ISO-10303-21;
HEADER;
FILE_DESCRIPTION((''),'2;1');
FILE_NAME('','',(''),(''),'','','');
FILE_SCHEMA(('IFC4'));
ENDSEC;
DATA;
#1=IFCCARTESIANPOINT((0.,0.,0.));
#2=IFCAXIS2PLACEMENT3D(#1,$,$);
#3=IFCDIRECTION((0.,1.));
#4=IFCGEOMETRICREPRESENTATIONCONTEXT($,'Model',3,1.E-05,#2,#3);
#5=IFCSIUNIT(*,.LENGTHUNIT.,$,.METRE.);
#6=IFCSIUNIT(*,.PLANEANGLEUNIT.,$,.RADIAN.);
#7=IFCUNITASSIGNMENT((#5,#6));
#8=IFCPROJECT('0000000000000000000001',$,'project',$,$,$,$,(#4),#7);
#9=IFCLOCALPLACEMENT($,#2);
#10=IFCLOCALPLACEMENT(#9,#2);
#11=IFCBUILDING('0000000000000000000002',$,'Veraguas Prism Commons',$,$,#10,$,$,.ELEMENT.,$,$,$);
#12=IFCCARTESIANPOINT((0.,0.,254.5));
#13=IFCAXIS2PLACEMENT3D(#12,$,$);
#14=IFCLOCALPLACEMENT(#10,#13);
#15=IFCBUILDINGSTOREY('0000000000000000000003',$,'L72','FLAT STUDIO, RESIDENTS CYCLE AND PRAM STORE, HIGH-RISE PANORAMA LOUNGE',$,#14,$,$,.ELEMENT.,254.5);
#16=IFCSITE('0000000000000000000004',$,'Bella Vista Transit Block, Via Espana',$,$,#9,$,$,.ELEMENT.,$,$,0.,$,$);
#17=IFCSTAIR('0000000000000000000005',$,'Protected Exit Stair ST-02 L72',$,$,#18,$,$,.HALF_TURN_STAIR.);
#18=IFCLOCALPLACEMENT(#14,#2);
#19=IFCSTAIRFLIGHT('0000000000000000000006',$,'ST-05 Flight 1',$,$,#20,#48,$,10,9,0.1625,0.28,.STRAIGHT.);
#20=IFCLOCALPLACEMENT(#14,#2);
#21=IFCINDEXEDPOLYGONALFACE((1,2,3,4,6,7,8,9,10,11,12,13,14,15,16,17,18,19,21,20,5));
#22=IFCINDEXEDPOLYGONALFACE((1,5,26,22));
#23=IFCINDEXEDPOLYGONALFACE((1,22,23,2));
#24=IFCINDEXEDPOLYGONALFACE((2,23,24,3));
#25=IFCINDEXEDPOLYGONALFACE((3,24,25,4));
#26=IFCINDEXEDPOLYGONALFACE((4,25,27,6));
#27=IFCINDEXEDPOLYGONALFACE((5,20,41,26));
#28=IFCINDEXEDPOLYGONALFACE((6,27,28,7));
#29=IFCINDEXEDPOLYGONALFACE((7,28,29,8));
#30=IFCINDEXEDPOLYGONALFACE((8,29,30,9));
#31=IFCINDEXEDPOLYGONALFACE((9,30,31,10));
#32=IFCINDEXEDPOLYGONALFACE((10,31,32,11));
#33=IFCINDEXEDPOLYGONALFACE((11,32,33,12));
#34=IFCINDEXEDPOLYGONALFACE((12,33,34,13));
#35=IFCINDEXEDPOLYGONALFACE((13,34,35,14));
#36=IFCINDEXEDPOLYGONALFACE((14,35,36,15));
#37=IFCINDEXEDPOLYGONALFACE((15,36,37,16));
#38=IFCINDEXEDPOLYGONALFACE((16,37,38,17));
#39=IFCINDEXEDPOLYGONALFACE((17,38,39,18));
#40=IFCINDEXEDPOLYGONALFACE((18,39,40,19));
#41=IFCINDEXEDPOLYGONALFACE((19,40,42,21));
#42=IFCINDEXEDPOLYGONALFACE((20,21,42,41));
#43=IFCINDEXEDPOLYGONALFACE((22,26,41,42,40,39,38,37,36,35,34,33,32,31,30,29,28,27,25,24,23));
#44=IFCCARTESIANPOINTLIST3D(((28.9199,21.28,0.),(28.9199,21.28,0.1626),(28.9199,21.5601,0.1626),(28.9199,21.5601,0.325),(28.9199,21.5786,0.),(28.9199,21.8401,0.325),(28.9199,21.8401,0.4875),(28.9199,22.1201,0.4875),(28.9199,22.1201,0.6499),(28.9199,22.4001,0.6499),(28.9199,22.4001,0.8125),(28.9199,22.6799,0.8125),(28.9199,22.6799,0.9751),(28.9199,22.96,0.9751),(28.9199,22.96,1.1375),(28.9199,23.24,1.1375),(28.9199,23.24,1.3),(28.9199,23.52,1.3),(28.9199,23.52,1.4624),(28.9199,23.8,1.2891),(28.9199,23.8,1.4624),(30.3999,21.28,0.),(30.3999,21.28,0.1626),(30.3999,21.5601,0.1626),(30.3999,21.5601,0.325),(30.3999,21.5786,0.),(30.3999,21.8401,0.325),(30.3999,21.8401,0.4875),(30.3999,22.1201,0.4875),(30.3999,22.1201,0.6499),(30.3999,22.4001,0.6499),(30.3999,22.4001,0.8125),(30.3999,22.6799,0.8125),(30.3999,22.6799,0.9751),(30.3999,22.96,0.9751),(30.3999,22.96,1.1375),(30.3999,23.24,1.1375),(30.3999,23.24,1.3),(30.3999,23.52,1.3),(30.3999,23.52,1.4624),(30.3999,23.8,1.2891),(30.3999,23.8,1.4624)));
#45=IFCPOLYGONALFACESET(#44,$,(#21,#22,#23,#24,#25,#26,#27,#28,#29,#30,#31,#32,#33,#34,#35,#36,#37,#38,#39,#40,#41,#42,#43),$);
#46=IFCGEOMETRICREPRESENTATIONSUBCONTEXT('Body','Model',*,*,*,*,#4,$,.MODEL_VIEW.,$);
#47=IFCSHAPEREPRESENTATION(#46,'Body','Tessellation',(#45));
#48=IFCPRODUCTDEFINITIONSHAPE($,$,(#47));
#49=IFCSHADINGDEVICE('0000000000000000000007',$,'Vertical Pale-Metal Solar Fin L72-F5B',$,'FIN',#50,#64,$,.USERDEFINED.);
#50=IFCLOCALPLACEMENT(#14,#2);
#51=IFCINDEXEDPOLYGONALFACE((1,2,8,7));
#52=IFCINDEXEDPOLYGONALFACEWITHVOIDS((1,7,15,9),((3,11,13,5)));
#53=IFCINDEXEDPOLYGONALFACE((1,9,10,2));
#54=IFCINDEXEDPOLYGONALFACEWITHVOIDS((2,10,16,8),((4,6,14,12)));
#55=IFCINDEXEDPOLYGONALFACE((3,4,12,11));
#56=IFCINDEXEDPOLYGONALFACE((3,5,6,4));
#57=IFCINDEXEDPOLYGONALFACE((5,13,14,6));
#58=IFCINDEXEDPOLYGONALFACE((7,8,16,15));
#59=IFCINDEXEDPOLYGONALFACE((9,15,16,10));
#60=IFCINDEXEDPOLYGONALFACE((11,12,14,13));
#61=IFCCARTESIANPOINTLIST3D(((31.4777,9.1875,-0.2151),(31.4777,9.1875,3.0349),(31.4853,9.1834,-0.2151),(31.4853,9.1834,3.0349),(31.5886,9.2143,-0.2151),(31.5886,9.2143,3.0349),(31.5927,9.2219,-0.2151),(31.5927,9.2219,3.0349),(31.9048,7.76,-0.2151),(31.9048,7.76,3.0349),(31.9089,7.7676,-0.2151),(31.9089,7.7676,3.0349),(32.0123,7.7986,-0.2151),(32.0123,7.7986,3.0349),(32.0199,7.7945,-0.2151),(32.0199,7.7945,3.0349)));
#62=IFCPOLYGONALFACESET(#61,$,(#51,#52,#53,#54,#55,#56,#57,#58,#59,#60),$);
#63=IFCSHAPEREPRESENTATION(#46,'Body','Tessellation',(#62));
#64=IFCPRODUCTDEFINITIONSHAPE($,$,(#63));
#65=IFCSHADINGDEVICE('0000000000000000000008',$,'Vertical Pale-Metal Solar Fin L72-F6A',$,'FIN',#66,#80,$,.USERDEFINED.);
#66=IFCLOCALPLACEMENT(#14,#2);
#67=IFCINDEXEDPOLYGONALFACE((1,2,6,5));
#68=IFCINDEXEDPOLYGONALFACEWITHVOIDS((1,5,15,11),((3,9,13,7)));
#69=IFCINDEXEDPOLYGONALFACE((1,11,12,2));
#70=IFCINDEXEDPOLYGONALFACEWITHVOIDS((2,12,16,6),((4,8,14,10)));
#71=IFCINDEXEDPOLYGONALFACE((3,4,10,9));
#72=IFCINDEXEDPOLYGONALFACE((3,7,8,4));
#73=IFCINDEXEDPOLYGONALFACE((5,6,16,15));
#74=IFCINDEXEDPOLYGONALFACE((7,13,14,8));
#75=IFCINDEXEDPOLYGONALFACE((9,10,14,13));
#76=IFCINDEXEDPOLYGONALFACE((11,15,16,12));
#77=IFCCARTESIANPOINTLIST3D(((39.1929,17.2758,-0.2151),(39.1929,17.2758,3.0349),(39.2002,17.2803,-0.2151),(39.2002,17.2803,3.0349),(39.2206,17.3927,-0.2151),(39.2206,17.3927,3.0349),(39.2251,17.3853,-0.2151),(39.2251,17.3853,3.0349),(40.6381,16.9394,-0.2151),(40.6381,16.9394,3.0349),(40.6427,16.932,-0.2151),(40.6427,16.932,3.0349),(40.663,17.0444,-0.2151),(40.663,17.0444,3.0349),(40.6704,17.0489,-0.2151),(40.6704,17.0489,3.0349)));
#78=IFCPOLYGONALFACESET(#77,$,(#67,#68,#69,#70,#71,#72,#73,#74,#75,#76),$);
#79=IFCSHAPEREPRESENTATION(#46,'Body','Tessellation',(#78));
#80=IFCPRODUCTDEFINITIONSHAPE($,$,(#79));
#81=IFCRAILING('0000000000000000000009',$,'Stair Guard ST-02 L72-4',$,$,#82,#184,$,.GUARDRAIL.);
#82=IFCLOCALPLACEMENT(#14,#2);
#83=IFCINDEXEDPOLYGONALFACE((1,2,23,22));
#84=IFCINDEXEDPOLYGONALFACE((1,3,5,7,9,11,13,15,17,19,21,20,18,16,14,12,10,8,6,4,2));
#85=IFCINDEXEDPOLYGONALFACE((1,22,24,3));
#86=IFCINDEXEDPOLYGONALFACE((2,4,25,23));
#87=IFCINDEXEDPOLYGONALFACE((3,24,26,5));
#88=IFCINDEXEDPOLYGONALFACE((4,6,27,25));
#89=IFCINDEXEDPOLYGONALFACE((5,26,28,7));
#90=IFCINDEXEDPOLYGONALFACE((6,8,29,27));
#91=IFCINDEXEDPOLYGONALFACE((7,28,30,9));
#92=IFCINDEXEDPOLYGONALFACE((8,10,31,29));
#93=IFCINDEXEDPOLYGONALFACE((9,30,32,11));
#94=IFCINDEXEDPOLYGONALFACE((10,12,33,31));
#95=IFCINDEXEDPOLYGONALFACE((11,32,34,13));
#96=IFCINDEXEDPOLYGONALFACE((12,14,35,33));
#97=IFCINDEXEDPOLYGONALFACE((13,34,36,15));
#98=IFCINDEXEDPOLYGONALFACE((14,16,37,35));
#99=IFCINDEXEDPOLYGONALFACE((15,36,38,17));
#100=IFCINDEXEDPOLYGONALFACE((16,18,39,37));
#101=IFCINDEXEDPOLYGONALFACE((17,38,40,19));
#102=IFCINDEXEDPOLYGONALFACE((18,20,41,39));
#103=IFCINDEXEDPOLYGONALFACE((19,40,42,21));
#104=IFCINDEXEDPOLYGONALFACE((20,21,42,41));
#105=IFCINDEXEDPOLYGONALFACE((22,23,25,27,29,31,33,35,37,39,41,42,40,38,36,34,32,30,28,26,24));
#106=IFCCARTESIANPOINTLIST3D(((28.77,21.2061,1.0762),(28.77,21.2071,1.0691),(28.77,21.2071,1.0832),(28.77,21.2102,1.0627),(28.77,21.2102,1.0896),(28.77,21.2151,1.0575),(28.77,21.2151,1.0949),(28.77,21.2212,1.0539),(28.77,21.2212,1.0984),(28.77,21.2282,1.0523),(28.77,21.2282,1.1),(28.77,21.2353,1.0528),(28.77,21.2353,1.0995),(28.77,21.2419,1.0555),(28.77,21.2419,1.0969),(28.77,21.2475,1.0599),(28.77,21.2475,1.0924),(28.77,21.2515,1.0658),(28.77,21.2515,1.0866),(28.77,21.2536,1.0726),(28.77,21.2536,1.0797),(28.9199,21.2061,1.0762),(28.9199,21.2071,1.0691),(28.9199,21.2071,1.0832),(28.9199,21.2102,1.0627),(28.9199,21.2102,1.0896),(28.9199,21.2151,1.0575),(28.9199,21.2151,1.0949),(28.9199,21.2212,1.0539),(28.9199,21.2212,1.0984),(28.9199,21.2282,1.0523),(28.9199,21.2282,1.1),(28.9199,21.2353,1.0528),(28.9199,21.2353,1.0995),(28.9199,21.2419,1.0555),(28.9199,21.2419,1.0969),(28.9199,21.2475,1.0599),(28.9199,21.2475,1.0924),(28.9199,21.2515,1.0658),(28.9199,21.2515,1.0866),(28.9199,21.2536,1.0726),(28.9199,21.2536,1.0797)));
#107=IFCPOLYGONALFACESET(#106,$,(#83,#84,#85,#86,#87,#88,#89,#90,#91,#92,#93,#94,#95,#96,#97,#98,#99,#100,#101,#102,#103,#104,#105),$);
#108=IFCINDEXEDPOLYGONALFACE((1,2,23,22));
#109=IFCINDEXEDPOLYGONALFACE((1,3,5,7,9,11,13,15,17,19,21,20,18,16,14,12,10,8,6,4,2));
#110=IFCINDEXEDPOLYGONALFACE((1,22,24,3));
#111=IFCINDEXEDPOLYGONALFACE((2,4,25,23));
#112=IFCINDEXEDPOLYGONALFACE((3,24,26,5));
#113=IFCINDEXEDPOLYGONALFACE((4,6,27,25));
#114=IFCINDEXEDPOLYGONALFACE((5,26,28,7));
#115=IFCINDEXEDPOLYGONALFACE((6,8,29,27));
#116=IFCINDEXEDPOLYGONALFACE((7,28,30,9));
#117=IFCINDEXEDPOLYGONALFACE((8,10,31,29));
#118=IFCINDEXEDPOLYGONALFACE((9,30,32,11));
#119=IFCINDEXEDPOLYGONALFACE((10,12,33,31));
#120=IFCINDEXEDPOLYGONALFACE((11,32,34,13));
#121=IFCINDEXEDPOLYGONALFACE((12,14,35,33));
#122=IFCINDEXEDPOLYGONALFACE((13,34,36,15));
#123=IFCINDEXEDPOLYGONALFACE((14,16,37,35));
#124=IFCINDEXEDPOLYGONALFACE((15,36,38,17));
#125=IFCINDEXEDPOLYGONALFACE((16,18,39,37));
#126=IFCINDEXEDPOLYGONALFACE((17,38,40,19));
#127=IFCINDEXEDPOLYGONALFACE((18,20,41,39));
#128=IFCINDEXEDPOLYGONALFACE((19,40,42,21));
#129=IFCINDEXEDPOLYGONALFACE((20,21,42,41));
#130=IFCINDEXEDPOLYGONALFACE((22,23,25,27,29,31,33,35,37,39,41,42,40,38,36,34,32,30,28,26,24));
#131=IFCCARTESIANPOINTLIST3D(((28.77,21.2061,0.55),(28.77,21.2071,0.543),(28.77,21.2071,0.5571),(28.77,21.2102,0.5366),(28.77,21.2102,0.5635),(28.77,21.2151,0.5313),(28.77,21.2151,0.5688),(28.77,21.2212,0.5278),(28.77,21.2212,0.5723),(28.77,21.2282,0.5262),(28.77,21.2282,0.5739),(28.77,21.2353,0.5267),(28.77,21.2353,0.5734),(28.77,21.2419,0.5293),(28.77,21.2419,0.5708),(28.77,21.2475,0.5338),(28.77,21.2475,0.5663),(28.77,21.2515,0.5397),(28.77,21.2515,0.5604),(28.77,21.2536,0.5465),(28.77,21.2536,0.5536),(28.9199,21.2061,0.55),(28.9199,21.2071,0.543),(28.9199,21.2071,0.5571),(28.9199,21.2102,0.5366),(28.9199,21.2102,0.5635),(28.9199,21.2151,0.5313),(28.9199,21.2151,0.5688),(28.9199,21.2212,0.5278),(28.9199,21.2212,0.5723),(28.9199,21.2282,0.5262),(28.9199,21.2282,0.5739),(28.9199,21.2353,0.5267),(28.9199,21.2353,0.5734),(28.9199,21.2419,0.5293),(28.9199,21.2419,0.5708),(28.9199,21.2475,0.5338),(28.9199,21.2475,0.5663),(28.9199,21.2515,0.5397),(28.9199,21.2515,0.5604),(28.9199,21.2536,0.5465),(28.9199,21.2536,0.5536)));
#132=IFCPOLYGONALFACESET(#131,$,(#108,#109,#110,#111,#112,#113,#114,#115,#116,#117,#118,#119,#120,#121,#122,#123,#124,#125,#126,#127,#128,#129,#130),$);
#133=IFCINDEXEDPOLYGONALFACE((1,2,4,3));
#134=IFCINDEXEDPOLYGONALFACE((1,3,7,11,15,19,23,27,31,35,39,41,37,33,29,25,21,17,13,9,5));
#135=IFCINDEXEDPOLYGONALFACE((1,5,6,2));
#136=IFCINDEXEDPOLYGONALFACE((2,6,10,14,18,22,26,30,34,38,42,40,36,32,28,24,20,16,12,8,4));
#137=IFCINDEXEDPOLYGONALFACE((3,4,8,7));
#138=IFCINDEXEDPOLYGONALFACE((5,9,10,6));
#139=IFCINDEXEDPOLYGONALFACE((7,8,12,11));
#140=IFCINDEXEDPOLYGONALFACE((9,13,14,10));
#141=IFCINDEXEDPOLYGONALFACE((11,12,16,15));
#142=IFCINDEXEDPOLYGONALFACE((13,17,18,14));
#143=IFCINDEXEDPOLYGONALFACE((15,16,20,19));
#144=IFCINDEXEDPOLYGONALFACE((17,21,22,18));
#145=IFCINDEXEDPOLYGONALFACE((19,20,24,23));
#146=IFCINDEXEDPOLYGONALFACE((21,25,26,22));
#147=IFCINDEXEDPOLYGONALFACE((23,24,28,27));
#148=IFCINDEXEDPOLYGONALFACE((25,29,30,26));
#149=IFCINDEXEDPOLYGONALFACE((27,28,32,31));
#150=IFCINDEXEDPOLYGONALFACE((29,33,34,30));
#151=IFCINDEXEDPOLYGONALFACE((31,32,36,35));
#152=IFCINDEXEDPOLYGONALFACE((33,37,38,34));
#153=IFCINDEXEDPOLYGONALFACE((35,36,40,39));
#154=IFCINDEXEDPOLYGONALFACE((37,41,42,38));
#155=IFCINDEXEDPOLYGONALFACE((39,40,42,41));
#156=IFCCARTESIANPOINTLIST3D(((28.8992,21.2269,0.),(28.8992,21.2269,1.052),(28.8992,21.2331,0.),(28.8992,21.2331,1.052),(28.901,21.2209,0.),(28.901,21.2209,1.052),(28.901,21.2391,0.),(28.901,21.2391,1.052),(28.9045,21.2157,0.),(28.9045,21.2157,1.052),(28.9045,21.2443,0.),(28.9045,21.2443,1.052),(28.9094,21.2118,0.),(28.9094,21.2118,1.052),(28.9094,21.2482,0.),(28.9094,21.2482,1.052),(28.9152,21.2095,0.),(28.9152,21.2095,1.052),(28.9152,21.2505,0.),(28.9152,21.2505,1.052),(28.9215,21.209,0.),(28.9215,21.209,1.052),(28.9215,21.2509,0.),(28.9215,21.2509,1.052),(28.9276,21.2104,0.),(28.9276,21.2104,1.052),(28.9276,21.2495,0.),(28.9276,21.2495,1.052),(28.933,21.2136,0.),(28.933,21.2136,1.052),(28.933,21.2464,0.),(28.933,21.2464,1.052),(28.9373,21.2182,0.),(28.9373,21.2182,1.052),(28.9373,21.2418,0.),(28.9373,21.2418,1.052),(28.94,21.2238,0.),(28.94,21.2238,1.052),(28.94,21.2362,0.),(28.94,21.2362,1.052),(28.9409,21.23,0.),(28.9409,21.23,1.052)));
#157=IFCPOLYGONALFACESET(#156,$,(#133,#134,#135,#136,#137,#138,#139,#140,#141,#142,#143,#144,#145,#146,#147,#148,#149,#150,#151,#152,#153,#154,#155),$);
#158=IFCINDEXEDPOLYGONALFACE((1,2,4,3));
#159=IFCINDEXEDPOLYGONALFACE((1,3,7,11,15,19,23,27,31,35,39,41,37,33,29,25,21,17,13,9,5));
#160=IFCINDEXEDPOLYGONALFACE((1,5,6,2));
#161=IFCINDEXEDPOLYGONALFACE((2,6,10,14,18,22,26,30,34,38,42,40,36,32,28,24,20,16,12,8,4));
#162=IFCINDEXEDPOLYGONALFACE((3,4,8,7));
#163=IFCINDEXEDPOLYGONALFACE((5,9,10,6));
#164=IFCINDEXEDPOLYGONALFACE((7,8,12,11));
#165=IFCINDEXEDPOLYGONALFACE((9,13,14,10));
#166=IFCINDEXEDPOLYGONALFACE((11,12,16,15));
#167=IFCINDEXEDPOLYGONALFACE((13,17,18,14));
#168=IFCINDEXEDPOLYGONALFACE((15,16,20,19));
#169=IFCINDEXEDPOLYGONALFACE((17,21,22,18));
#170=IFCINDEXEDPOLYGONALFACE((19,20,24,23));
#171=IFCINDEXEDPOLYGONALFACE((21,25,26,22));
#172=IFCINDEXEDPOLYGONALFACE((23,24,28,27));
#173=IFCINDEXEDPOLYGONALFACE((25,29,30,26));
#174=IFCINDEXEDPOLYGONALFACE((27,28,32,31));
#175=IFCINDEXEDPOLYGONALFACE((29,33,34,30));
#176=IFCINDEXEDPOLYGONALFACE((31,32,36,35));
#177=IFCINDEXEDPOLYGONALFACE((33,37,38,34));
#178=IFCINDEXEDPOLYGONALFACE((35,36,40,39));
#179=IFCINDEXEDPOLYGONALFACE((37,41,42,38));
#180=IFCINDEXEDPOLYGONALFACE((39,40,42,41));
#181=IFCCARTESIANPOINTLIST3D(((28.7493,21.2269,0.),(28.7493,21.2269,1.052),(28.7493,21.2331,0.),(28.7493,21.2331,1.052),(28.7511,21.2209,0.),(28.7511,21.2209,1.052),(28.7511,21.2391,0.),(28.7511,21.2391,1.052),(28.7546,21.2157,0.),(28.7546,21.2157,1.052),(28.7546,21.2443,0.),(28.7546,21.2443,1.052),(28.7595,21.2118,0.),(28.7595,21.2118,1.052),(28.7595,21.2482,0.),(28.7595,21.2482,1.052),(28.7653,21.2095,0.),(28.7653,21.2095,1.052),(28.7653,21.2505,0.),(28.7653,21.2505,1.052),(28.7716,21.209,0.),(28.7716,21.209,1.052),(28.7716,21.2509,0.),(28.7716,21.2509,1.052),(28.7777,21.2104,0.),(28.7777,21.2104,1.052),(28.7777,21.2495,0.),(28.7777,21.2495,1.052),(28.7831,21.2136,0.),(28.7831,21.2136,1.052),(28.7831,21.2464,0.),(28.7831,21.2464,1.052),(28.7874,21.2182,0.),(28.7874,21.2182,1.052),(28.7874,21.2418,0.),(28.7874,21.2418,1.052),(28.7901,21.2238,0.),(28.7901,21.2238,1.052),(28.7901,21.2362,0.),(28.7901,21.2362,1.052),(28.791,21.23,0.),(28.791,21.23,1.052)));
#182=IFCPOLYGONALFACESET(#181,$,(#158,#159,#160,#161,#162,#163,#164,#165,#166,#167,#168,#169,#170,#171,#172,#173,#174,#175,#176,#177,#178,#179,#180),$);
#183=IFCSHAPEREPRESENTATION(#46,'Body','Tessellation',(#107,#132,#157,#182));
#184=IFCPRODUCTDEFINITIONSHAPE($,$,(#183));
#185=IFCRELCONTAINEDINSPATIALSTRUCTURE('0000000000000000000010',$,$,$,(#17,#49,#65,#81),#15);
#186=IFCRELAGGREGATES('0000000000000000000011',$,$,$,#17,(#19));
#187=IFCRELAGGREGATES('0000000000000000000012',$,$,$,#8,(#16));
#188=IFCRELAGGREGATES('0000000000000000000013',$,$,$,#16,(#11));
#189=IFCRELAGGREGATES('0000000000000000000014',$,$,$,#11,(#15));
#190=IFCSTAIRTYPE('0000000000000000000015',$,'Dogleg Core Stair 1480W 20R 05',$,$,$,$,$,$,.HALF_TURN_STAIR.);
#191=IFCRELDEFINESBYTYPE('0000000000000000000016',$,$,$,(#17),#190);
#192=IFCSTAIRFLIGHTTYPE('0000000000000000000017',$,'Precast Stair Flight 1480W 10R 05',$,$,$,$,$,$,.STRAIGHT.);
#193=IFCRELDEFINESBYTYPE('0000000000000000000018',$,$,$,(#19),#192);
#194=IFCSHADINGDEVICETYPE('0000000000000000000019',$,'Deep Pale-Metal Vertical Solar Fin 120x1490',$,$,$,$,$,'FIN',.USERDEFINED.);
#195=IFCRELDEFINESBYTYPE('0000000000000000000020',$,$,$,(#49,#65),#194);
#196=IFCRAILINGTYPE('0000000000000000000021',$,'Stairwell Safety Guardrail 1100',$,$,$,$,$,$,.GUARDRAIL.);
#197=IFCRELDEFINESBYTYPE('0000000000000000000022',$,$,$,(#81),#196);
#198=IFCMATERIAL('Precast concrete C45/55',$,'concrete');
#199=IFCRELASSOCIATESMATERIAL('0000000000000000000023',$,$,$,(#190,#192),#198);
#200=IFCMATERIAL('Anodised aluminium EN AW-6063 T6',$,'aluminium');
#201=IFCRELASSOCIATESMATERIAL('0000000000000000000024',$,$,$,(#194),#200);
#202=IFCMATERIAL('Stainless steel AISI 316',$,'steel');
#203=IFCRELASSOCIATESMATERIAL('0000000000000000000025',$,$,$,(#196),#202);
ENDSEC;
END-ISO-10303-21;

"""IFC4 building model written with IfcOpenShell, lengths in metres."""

from ifc_helpers import new_model, si_unit, direction, frame, origin, origin_2d, place, context, subcontext, project, spatial, polyline, hollow_rectangle, circle, outline, extrude, material, material_profile, profile_set, type_object, element, aggregate, save


model = new_model("IFC4")

# Units and contexts
model_context = context("Model", 3, precision=1e-05, world=origin(), true_north=direction((0.0, 1.0)))
body_context = subcontext(model_context, "Body", "Model", "MODEL_VIEW")
ifc_project = project(units=[si_unit("LENGTHUNIT", "METRE"), si_unit("PLANEANGLEUNIT", "RADIAN")], contexts=[model_context])

# Site, building, storey
site_placement = place(None, origin())
site = spatial("IfcSite", under=ifc_project, at=site_placement, Name="Bella Vista Transit Block, Via Espana", CompositionType="ELEMENT", RefElevation=0.0)
building_placement = place(site_placement, origin())
building = spatial("IfcBuilding", under=site, at=building_placement, Name="Veraguas Prism Commons", CompositionType="ELEMENT")
storey_placement = place(building_placement, frame((0.0, 0.0, 254.5)))
storey = spatial("IfcBuildingStorey", under=building, at=storey_placement, Name="L72", Description="FLAT STUDIO, RESIDENTS CYCLE AND PRAM STORE, HIGH-RISE PANORAMA LOUNGE", CompositionType="ELEMENT", Elevation=254.5)

# Shared definitions
ifc_material_1 = material(Name="Anodised aluminium EN AW-6063 T6", Category="aluminium")

# Stair, stair flight
ifc_material_2 = material(Name="Precast concrete C45/55", Category="concrete")
stair_type = type_object("IfcStairType", Name="Dogleg Core Stair 1480W 20R 05", PredefinedType="HALF_TURN_STAIR", material=ifc_material_2)
stair_placement = place(storey_placement, origin())
stair = element("IfcStair", 1, at=stair_placement, inside=storey, type_object=stair_type, Name="Protected Exit Stair ST-02 L72", PredefinedType="HALF_TURN_STAIR")
stair_flight_type = type_object("IfcStairFlightType", Name="Precast Stair Flight 1480W 10R 05", PredefinedType="STRAIGHT", material=ifc_material_2)
stair_flight_placement = place(storey_placement, frame((29.6599, 21.28, 0.0), z_axis=(0.0, 0.0, 1.0), x_axis=(0.0, 1.0, 0.0)))
stair_flight = element("IfcStairFlight", 2, at=stair_flight_placement, type_object=stair_flight_type, Name="ST-05 Flight 1", NumberOfRisers=10, NumberOfTreads=9, PredefinedType="STRAIGHT", RiserHeight=0.1625, TreadLength=0.28, context=body_context, shape_type="SweptSolid", body=[
    extrude(outline(polyline([(0.0, 0.0), (0.0, 0.1626), (0.28, 0.1626), (0.28, 0.325), (0.5601, 0.325), (0.5601, 0.4875), (0.8401, 0.4875), (0.8401, 0.6499), (1.1201, 0.6499), (1.1201, 0.8125), (1.3999, 0.8125), (1.3999, 0.9751), (1.6799, 0.9751), (1.6799, 1.1375), (1.96, 1.1375), (1.96, 1.3), (2.24, 1.3), (2.24, 1.4624), (2.52, 1.4624), (2.52, 1.625), (2.52, 1.2891), (0.2986, 0.0), (0.0, 0.0)])), frame((0.0, 0.74, 0.0), z_axis=(0.0, -1.0, 0.0), x_axis=(1.0, 0.0, 0.0)), (0.0, 0.0, 1.0), 1.48),
])
aggregate(stair, [stair_flight])

# Shading devices
ifc_material_profile_1 = material_profile(ifc_material_1, hollow_rectangle(XDim=0.1201, YDim=1.49, WallThickness=0.0061, at=origin_2d()), Name="FIN120X1490X6")
ifc_profile_set_1 = profile_set([ifc_material_profile_1], Name="Anodised aluminium EN AW-6063 T6")
shading_device_type = type_object("IfcShadingDeviceType", Name="Deep Pale-Metal Vertical Solar Fin 120x1490", ElementType="FIN", PredefinedType="USERDEFINED", material=ifc_profile_set_1)
for number, where, z_axis, x_axis, name in (
    (3, (31.7488, 8.491, -0.2151), (0.0, 0.0, 1.0), (0.958023, 0.286692, 0.0), "Vertical Pale-Metal Solar Fin L72-F5B"),
    (4, (39.9316, 17.1624, -0.2151), (0.0, 0.0, 1.0), (0.230734, 0.973017, 0.0), "Vertical Pale-Metal Solar Fin L72-F6A"),
):
    element("IfcShadingDevice", number, at=place(storey_placement, frame(where, z_axis=z_axis, x_axis=x_axis)), inside=storey, type_object=shading_device_type, Name=name, ObjectType="FIN", PredefinedType="USERDEFINED", context=body_context, shape_type="SweptSolid", body=[
        extrude(hollow_rectangle(XDim=0.1201, YDim=1.49, WallThickness=0.0061, at=origin_2d()), origin(), (0.0, 0.0, 1.0), 3.25),
    ])

# Railing
ifc_material_3 = material(Name="Stainless steel AISI 316", Category="steel")
railing_type = type_object("IfcRailingType", Name="Stairwell Safety Guardrail 1100", PredefinedType="GUARDRAIL", material=ifc_material_3)
railing_placement = place(storey_placement, frame((28.9199, 21.23, 0.0)))
element("IfcRailing", 5, at=railing_placement, inside=storey, type_object=railing_type, Name="Stair Guard ST-02 L72-4", PredefinedType="GUARDRAIL", context=body_context, shape_type="SweptSolid", body=[
    extrude(circle(Radius=0.0239, at=origin_2d()), frame((0.0, 0.0, 1.0762), z_axis=(-1.0, 0.0, 0.0), x_axis=(0.0, -1.0, 0.0)), (0.0, 0.0, 1.0), 0.1499),
    extrude(circle(Radius=0.0239, at=origin_2d()), frame((0.0, 0.0, 0.55), z_axis=(-1.0, 0.0, 0.0), x_axis=(0.0, -1.0, 0.0)), (0.0, 0.0, 1.0), 0.1499),
    extrude(circle(Radius=0.021, at=origin_2d()), origin(), (0.0, 0.0, 1.0), 1.052),
    extrude(circle(Radius=0.021, at=origin_2d()), frame((-0.1499, 0.0, 0.0)), (0.0, 0.0, 1.0), 1.052),
])

save(model, "model.ifc")
